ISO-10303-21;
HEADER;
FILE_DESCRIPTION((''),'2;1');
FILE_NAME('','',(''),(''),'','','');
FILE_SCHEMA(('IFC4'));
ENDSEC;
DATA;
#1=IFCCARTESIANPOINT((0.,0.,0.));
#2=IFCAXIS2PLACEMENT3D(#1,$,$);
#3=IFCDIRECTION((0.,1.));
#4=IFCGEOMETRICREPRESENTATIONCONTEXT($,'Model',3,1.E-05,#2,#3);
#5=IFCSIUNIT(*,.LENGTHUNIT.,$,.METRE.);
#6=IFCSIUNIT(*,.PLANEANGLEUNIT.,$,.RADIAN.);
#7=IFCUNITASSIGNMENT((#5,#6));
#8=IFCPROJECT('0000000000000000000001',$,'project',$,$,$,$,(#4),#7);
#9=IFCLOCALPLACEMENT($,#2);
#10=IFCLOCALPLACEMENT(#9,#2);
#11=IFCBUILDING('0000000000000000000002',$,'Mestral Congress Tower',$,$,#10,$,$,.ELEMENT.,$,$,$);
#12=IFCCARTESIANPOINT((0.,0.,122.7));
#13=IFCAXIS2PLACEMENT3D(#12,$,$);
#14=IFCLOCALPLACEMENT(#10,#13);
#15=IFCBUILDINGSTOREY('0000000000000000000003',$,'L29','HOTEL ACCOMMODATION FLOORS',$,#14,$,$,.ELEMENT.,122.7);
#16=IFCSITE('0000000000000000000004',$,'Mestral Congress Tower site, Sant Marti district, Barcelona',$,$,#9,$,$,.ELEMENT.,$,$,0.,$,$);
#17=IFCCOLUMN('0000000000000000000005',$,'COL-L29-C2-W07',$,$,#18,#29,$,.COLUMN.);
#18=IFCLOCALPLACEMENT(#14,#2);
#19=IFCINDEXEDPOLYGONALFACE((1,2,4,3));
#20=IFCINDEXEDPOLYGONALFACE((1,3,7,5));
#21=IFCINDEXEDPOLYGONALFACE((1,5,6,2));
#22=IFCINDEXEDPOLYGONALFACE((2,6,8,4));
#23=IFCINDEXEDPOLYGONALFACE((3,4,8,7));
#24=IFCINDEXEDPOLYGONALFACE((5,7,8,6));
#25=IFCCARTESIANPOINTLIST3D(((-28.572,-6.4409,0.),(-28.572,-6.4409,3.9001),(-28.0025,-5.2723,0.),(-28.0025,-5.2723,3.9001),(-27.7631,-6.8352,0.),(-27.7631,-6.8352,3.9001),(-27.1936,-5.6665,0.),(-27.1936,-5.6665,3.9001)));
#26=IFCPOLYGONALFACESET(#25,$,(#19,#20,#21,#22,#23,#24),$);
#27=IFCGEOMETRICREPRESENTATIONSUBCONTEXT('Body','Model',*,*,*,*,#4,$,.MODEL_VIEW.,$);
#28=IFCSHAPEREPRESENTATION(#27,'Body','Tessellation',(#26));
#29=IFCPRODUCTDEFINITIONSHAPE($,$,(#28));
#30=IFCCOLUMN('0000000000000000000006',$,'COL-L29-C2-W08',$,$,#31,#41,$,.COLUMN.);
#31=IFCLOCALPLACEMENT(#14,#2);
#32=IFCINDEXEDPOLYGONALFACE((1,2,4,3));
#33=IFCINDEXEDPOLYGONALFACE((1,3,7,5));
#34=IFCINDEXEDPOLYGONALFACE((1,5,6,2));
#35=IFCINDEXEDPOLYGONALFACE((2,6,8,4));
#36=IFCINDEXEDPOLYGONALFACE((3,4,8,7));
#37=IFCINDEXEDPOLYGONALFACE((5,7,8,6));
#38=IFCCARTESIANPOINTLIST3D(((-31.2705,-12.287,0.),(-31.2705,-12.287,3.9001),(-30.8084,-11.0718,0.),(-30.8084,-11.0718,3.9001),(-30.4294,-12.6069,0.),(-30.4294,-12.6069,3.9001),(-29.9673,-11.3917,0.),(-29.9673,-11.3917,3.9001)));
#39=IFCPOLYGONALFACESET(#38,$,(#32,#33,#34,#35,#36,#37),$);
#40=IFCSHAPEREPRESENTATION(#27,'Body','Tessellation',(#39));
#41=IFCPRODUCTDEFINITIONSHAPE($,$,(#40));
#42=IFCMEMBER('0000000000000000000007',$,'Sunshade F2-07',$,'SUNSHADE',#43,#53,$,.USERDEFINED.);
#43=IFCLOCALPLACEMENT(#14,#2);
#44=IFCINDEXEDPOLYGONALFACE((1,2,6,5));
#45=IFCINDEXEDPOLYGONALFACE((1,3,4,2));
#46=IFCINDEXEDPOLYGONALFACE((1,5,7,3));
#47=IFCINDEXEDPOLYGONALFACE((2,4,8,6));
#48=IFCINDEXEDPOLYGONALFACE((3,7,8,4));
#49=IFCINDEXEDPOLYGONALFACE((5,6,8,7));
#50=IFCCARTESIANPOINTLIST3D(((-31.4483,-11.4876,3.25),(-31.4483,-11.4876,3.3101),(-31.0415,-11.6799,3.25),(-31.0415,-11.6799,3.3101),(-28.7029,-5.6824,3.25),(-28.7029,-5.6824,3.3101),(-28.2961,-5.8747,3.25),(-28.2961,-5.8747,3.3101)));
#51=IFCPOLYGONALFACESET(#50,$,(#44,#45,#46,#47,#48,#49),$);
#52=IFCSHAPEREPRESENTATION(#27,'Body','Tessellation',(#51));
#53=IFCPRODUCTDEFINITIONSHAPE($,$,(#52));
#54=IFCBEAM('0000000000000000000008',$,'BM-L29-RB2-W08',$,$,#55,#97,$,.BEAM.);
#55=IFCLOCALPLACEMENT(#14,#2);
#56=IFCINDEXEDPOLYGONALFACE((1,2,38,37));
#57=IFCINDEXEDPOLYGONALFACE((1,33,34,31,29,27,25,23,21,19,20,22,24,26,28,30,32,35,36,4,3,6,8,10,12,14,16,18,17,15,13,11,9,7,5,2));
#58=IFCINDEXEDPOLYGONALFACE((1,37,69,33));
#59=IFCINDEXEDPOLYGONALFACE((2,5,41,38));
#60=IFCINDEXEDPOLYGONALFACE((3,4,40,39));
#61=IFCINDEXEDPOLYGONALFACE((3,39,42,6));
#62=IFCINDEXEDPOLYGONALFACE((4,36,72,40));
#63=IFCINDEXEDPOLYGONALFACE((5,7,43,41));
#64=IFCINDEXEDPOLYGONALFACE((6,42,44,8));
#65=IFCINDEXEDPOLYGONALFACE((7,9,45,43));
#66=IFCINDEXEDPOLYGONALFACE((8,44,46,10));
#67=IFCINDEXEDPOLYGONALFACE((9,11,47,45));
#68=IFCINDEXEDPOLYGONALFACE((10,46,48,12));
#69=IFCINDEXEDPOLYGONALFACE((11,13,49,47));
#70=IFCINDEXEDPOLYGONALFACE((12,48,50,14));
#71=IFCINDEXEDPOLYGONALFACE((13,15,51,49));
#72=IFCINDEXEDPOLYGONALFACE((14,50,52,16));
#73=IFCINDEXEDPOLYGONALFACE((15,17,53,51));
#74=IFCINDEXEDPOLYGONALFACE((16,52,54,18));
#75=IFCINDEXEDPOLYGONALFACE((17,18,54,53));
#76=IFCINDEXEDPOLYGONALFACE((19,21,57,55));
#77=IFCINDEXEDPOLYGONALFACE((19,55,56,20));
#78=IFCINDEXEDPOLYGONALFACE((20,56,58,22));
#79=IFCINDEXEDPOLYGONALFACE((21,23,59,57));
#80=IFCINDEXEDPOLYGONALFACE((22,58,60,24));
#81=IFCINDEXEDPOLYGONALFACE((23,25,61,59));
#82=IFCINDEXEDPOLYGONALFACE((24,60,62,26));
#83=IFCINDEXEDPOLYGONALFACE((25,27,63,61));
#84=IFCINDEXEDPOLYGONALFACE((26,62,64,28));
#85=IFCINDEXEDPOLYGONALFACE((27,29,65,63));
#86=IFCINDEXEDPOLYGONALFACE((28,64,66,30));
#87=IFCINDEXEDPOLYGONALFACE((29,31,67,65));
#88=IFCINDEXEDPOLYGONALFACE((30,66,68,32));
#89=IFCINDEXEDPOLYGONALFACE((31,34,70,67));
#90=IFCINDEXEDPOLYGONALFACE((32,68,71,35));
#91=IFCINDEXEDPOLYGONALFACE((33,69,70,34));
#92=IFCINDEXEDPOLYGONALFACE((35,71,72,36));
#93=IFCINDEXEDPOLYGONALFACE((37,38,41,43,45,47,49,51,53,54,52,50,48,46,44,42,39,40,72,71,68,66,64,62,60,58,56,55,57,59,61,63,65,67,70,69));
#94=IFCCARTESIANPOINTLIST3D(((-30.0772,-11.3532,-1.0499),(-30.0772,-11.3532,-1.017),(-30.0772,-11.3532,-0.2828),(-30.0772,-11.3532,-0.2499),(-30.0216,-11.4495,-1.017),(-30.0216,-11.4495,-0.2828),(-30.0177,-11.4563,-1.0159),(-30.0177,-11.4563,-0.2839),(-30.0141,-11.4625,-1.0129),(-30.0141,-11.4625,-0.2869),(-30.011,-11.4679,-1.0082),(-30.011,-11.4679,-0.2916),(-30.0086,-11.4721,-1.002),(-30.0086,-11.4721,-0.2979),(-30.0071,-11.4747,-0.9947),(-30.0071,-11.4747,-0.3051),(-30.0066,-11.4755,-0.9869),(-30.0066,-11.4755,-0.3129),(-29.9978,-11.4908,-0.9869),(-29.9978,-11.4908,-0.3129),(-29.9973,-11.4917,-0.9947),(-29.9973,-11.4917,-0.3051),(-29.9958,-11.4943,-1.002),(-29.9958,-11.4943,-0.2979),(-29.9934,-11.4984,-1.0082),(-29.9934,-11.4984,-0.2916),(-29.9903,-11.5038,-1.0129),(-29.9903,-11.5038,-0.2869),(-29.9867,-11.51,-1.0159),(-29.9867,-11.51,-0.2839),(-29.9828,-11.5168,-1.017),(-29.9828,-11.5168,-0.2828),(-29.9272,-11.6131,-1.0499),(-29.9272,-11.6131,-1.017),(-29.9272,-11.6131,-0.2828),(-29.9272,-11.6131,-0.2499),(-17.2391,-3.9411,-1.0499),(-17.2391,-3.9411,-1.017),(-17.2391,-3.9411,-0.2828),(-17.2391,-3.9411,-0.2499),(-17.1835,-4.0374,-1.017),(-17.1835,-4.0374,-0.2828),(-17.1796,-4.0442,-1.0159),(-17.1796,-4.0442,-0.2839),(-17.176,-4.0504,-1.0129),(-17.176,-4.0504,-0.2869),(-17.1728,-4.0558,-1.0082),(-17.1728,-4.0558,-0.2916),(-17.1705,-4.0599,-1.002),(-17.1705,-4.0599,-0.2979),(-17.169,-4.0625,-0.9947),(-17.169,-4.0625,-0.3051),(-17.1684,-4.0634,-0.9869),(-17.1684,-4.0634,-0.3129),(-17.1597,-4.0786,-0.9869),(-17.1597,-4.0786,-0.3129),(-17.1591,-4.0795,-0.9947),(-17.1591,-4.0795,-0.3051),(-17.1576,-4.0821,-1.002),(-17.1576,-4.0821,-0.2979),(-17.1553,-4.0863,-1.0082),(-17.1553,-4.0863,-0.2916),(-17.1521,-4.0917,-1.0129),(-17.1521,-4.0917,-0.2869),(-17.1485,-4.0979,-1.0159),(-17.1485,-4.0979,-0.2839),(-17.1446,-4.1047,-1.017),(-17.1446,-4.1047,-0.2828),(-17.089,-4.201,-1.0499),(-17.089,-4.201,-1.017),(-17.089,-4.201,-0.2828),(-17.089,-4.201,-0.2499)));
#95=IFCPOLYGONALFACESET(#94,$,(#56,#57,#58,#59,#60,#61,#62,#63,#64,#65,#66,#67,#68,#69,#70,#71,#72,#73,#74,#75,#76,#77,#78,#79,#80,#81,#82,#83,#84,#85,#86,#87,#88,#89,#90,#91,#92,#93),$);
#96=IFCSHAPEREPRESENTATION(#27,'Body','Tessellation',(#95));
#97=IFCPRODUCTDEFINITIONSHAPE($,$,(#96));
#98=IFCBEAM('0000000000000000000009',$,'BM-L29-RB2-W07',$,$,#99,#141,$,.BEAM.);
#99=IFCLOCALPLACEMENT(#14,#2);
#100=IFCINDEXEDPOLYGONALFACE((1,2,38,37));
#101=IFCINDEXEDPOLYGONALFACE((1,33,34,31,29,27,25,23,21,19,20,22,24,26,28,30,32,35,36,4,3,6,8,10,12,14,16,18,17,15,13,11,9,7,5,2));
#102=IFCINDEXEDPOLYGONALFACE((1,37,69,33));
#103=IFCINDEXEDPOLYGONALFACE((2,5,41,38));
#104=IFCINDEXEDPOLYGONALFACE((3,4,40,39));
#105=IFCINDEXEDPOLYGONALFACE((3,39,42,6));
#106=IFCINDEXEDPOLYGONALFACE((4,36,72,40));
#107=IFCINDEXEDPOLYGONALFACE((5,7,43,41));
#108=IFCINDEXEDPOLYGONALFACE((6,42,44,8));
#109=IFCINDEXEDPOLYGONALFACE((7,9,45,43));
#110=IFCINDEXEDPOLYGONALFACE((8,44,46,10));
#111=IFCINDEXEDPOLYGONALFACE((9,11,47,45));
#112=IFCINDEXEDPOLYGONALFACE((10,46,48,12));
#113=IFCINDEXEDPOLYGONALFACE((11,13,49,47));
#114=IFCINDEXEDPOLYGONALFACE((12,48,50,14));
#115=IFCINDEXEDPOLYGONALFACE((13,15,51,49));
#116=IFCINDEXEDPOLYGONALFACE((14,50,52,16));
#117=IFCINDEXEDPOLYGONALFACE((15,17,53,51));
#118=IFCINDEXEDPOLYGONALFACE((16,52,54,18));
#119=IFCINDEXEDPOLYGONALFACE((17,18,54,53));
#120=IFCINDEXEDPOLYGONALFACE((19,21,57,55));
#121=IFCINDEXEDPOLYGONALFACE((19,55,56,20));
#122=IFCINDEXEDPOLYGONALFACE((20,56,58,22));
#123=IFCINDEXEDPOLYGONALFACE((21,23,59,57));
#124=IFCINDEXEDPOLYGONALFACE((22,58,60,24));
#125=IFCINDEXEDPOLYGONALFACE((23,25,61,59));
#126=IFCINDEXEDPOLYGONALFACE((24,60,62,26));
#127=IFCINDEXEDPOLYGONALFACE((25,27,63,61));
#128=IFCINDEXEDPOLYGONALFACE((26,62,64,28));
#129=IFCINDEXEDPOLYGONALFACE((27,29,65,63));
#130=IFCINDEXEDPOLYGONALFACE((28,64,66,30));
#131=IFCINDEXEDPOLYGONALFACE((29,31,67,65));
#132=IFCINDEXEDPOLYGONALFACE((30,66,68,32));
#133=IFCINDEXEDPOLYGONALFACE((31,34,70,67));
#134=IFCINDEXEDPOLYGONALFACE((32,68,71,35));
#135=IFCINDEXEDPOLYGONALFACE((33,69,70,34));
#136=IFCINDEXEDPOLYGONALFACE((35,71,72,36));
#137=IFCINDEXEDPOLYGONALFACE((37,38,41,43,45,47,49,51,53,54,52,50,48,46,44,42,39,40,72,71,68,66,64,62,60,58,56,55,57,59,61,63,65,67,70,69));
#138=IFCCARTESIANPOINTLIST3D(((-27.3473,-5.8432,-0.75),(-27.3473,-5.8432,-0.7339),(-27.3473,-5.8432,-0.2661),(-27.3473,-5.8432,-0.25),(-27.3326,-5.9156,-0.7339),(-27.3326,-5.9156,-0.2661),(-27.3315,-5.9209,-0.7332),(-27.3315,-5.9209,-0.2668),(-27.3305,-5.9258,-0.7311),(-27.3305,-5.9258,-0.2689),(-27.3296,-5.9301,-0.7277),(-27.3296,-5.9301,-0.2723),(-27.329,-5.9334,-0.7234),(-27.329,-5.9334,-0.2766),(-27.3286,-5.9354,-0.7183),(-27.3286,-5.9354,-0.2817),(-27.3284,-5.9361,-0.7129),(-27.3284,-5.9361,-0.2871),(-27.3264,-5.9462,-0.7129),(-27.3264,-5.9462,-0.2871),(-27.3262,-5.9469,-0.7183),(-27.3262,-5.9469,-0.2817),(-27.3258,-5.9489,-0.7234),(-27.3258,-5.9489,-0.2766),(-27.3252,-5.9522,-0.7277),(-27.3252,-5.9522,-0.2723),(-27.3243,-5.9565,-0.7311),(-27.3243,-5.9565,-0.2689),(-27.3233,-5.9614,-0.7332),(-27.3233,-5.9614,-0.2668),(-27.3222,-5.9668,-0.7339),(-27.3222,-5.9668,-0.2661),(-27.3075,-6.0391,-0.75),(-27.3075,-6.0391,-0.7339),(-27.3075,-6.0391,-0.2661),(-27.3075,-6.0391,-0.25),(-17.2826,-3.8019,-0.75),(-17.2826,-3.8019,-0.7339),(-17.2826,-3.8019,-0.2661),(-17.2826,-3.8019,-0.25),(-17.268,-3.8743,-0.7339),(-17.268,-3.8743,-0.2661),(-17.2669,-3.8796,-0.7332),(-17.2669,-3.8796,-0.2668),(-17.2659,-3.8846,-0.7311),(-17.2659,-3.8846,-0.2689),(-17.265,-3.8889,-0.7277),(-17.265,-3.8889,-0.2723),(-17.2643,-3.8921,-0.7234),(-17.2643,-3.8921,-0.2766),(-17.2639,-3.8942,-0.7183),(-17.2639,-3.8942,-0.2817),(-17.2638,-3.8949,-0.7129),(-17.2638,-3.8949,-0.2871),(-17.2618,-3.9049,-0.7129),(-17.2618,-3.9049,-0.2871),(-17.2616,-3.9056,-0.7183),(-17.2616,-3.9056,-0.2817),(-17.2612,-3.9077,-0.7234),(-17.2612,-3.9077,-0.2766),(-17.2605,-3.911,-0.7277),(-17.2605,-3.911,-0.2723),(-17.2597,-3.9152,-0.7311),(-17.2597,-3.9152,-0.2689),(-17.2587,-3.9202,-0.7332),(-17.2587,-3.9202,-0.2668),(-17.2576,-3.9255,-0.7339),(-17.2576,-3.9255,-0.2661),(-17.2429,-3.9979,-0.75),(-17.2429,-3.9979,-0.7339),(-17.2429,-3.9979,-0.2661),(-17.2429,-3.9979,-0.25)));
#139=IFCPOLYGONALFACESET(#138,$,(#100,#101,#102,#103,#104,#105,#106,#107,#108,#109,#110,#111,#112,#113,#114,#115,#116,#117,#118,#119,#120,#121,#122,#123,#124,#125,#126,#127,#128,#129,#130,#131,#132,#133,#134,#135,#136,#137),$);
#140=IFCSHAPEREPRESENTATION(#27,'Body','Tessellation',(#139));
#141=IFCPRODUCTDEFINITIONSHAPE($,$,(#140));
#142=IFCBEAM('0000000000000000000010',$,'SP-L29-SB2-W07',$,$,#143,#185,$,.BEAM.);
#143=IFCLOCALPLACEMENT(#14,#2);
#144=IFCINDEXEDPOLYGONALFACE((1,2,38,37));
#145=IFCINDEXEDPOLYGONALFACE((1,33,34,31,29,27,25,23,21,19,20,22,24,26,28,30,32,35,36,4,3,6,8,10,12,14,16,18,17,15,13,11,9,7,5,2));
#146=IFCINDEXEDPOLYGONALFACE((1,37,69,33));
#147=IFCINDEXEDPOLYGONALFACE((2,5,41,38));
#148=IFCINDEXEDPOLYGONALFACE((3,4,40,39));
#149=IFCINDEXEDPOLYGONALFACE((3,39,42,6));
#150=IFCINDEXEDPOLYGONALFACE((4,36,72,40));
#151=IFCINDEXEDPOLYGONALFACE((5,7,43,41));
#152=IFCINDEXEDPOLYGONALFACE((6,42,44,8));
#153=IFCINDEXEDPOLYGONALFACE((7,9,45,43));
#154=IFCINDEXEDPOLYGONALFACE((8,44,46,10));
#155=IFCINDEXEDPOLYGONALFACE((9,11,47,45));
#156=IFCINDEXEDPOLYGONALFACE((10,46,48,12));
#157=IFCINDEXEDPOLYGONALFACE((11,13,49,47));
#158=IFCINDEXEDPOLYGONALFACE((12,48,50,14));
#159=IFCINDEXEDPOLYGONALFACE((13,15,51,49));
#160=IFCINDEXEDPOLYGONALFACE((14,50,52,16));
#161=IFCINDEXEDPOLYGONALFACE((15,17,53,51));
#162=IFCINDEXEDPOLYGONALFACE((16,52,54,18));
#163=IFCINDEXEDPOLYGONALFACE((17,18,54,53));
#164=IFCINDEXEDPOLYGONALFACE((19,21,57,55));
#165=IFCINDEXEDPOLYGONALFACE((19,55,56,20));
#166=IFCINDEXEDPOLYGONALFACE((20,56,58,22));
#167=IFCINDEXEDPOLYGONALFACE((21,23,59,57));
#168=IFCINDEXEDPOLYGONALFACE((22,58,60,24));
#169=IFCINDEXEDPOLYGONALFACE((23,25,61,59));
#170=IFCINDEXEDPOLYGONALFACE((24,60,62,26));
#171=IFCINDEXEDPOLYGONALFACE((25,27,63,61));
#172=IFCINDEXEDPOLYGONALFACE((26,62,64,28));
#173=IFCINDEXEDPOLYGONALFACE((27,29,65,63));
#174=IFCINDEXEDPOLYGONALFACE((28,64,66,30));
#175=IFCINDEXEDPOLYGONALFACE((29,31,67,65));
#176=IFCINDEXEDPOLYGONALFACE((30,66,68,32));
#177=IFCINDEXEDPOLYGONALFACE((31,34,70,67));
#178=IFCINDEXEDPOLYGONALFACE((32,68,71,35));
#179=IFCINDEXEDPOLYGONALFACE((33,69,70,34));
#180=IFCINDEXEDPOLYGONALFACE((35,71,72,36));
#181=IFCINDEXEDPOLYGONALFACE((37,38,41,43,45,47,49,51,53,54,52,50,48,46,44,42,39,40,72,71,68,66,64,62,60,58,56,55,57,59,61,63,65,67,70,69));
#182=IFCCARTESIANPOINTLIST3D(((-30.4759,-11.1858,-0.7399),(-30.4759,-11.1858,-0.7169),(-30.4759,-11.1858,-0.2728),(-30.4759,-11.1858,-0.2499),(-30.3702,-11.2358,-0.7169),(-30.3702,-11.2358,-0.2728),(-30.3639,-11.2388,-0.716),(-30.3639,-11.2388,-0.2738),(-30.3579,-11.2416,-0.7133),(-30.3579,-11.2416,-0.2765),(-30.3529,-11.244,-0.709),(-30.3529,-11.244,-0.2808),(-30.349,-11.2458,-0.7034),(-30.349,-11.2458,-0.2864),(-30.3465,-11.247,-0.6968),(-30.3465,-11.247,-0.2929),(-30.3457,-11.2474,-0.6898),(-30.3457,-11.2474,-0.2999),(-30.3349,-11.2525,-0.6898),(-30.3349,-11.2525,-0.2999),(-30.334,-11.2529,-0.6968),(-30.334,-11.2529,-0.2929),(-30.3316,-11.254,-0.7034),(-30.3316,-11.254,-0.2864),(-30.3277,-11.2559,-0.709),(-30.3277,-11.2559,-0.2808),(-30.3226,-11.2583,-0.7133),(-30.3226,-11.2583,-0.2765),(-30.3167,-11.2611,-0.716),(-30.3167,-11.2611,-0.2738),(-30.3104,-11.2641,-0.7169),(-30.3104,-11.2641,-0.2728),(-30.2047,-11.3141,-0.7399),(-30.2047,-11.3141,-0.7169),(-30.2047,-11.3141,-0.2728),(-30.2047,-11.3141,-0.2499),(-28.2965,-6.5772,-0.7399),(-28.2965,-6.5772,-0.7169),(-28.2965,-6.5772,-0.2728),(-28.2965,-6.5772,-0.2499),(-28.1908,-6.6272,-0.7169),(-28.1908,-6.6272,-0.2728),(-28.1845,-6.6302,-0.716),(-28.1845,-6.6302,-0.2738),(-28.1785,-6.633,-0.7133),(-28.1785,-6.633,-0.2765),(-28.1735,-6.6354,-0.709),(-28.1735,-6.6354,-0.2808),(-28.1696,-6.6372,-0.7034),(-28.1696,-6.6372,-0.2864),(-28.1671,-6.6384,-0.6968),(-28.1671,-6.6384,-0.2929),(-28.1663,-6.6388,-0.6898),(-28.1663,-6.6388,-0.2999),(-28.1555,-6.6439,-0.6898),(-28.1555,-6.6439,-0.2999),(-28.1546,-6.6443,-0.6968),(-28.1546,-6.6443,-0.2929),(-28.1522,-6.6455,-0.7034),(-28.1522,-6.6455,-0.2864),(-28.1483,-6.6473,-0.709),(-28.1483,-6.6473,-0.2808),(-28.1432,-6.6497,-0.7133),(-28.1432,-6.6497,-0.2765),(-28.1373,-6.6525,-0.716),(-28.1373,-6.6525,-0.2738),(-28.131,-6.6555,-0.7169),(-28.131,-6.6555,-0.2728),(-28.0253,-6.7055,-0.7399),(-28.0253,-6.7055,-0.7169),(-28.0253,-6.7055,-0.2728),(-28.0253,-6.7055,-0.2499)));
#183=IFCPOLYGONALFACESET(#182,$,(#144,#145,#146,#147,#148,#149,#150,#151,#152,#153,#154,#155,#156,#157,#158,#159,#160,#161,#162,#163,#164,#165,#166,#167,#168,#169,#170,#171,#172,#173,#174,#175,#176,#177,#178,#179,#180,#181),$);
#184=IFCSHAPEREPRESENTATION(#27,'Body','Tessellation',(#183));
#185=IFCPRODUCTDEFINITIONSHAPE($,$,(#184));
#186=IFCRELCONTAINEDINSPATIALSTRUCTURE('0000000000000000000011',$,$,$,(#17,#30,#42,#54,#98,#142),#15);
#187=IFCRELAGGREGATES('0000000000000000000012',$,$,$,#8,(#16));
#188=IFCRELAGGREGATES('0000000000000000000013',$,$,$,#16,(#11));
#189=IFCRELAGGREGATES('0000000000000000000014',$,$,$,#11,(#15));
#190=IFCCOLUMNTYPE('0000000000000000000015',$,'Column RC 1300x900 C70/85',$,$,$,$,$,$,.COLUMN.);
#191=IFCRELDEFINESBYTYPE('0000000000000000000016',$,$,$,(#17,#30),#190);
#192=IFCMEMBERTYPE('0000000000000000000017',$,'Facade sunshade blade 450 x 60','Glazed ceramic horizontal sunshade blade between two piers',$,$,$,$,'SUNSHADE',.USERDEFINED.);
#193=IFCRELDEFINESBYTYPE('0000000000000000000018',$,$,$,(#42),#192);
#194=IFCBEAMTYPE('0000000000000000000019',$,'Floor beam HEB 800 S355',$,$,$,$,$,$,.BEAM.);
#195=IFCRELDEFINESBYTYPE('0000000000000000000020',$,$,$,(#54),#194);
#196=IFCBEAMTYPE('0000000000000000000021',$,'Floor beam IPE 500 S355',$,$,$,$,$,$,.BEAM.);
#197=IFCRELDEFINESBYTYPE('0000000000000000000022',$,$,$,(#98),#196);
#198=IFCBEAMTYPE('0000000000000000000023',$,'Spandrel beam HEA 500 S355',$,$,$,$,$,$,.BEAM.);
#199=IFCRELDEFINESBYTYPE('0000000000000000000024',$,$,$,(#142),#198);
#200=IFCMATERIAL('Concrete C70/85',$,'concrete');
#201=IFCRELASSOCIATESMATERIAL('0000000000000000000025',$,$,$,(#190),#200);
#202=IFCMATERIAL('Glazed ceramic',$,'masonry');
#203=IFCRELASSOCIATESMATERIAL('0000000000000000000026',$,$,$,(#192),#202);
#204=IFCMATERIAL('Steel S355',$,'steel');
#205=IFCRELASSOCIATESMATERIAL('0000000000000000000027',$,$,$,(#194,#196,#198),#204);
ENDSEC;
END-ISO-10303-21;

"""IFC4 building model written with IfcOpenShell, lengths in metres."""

from ifc_helpers import new_model, si_unit, direction, frame, origin, origin_2d, place, context, subcontext, project, spatial, rectangle, i_section, extrude, material, material_profile, profile_set, type_object, element, save


model = new_model("IFC4")

# Units and contexts
model_context = context("Model", 3, precision=1e-05, world=origin(), true_north=direction((0.0, 1.0)))
body_context = subcontext(model_context, "Body", "Model", "MODEL_VIEW")
ifc_project = project(units=[si_unit("LENGTHUNIT", "METRE"), si_unit("PLANEANGLEUNIT", "RADIAN")], contexts=[model_context])

# Site, building, storey
site_placement = place(None, origin())
site = spatial("IfcSite", under=ifc_project, at=site_placement, Name="Mestral Congress Tower site, Sant Marti district, Barcelona", CompositionType="ELEMENT", RefElevation=0.0)
building_placement = place(site_placement, origin())
building = spatial("IfcBuilding", under=site, at=building_placement, Name="Mestral Congress Tower", CompositionType="ELEMENT")
storey_placement = place(building_placement, frame((0.0, 0.0, 122.7)))
storey = spatial("IfcBuildingStorey", under=building, at=storey_placement, Name="L29", Description="HOTEL ACCOMMODATION FLOORS", CompositionType="ELEMENT", Elevation=122.7)

# Columns
ifc_material_1 = material(Name="Concrete C70/85", Category="concrete")
ifc_material_profile_1 = material_profile(ifc_material_1, rectangle(XDim=1.3, YDim=0.8999, at=origin_2d()), Name="RC 1300x900")
ifc_profile_set_1 = profile_set([ifc_material_profile_1], Name="Concrete C70/85")
column_type = type_object("IfcColumnType", Name="Column RC 1300x900 C70/85", PredefinedType="COLUMN", material=ifc_profile_set_1)
for number, where, z_axis, x_axis, name in (
    (1, (-27.8828, -6.0537, 0.0), (0.0, 0.0, 1.0), (-0.438061, -0.898945, 0.0), "COL-L29-C2-W07"),
    (2, (-30.6189, -11.8394, 0.0), (0.0, 0.0, 1.0), (-0.355494, -0.934679, 0.0), "COL-L29-C2-W08"),
):
    element("IfcColumn", number, at=place(storey_placement, frame(where, z_axis=z_axis, x_axis=x_axis)), inside=storey, type_object=column_type, Name=name, PredefinedType="COLUMN", context=body_context, shape_type="SweptSolid", body=[
        extrude(rectangle(XDim=1.3, YDim=0.8999, at=origin_2d()), origin(), (0.0, 0.0, 1.0), 3.9001),
    ])

# Member
ifc_material_2 = material(Name="Glazed ceramic", Category="masonry")
ifc_material_profile_2 = material_profile(ifc_material_2, rectangle(XDim=0.45, YDim=0.0601, at=origin_2d()), Name="Ceramic blade 450 x 60")
ifc_profile_set_2 = profile_set([ifc_material_profile_2], Name="Glazed ceramic")
member_type = type_object("IfcMemberType", Name="Facade sunshade blade 450 x 60", Description="Glazed ceramic horizontal sunshade blade between two piers", ElementType="SUNSHADE", PredefinedType="USERDEFINED", material=ifc_profile_set_2)
member_placement = place(storey_placement, frame((-28.4995, -5.7786, 3.28), z_axis=(-0.427519, -0.904006, 0.0), x_axis=(0.904006, -0.427519, 0.0)))
element("IfcMember", 3, at=member_placement, inside=storey, type_object=member_type, Name="Sunshade F2-07", ObjectType="SUNSHADE", PredefinedType="USERDEFINED", context=body_context, shape_type="SweptSolid", body=[
    extrude(rectangle(XDim=0.45, YDim=0.0601, at=origin_2d()), origin(), (0.0, 0.0, 1.0), 6.4216),
])

# Beams
ifc_material_3 = material(Name="Steel S355", Category="steel")
ifc_material_profile_3 = material_profile(ifc_material_3, i_section(OverallWidth=0.3, OverallDepth=0.8, WebThickness=0.0176, FlangeThickness=0.033, FilletRadius=0.03, at=origin_2d()), Name="HEB 800")
ifc_profile_set_3 = profile_set([ifc_material_profile_3], Name="Steel S355")
beam_type_1 = type_object("IfcBeamType", Name="Floor beam HEB 800 S355", PredefinedType="BEAM", material=ifc_profile_set_3)
beam_1_placement = place(storey_placement, frame((-30.0022, -11.4832, -0.6499), z_axis=(0.866025, 0.5, 0.0), x_axis=(-0.5, 0.866025, 0.0)))
element("IfcBeam", 4, at=beam_1_placement, inside=storey, type_object=beam_type_1, Name="BM-L29-RB2-W08", PredefinedType="BEAM", context=body_context, shape_type="SweptSolid", body=[
    extrude(i_section(OverallWidth=0.3, OverallDepth=0.8, WebThickness=0.0176, FlangeThickness=0.033, FilletRadius=0.03, at=origin_2d()), origin(), (0.0, 0.0, 1.0), 14.8242),
])
ifc_material_profile_4 = material_profile(ifc_material_3, i_section(OverallWidth=0.2, OverallDepth=0.5, WebThickness=0.0103, FlangeThickness=0.0161, FilletRadius=0.021, at=origin_2d()), Name="IPE 500")
ifc_profile_set_4 = profile_set([ifc_material_profile_4], Name="Steel S355")
beam_type_2 = type_object("IfcBeamType", Name="Floor beam IPE 500 S355", PredefinedType="BEAM", material=ifc_profile_set_4)
beam_2_placement = place(storey_placement, frame((-27.3274, -5.9412, -0.5), z_axis=(0.980047, 0.198767, 0.0), x_axis=(-0.198767, 0.980047, 0.0)))
element("IfcBeam", 5, at=beam_2_placement, inside=storey, type_object=beam_type_2, Name="BM-L29-RB2-W07", PredefinedType="BEAM", context=body_context, shape_type="SweptSolid", body=[
    extrude(i_section(OverallWidth=0.2, OverallDepth=0.5, WebThickness=0.0103, FlangeThickness=0.0161, FilletRadius=0.021, at=origin_2d()), origin(), (0.0, 0.0, 1.0), 10.2695),
])
ifc_material_profile_5 = material_profile(ifc_material_3, i_section(OverallWidth=0.3, OverallDepth=0.49, WebThickness=0.012, FlangeThickness=0.0229, FilletRadius=0.0271, at=origin_2d()), Name="HEA 500")
ifc_profile_set_5 = profile_set([ifc_material_profile_5], Name="Steel S355")
beam_type_3 = type_object("IfcBeamType", Name="Spandrel beam HEA 500 S355", PredefinedType="BEAM", material=ifc_profile_set_5)
beam_3_placement = place(storey_placement, frame((-28.1609, -6.6414, -0.4949), z_axis=(-0.42751, -0.904011, 0.0), x_axis=(0.904011, -0.42751, 0.0)))
element("IfcBeam", 6, at=beam_3_placement, inside=storey, type_object=beam_type_3, Name="SP-L29-SB2-W07", PredefinedType="BEAM", context=body_context, shape_type="SweptSolid", body=[
    extrude(i_section(OverallWidth=0.3, OverallDepth=0.49, WebThickness=0.012, FlangeThickness=0.0229, FilletRadius=0.0271, at=origin_2d()), origin(), (0.0, 0.0, 1.0), 5.0979),
])

save(model, "model.ifc")
